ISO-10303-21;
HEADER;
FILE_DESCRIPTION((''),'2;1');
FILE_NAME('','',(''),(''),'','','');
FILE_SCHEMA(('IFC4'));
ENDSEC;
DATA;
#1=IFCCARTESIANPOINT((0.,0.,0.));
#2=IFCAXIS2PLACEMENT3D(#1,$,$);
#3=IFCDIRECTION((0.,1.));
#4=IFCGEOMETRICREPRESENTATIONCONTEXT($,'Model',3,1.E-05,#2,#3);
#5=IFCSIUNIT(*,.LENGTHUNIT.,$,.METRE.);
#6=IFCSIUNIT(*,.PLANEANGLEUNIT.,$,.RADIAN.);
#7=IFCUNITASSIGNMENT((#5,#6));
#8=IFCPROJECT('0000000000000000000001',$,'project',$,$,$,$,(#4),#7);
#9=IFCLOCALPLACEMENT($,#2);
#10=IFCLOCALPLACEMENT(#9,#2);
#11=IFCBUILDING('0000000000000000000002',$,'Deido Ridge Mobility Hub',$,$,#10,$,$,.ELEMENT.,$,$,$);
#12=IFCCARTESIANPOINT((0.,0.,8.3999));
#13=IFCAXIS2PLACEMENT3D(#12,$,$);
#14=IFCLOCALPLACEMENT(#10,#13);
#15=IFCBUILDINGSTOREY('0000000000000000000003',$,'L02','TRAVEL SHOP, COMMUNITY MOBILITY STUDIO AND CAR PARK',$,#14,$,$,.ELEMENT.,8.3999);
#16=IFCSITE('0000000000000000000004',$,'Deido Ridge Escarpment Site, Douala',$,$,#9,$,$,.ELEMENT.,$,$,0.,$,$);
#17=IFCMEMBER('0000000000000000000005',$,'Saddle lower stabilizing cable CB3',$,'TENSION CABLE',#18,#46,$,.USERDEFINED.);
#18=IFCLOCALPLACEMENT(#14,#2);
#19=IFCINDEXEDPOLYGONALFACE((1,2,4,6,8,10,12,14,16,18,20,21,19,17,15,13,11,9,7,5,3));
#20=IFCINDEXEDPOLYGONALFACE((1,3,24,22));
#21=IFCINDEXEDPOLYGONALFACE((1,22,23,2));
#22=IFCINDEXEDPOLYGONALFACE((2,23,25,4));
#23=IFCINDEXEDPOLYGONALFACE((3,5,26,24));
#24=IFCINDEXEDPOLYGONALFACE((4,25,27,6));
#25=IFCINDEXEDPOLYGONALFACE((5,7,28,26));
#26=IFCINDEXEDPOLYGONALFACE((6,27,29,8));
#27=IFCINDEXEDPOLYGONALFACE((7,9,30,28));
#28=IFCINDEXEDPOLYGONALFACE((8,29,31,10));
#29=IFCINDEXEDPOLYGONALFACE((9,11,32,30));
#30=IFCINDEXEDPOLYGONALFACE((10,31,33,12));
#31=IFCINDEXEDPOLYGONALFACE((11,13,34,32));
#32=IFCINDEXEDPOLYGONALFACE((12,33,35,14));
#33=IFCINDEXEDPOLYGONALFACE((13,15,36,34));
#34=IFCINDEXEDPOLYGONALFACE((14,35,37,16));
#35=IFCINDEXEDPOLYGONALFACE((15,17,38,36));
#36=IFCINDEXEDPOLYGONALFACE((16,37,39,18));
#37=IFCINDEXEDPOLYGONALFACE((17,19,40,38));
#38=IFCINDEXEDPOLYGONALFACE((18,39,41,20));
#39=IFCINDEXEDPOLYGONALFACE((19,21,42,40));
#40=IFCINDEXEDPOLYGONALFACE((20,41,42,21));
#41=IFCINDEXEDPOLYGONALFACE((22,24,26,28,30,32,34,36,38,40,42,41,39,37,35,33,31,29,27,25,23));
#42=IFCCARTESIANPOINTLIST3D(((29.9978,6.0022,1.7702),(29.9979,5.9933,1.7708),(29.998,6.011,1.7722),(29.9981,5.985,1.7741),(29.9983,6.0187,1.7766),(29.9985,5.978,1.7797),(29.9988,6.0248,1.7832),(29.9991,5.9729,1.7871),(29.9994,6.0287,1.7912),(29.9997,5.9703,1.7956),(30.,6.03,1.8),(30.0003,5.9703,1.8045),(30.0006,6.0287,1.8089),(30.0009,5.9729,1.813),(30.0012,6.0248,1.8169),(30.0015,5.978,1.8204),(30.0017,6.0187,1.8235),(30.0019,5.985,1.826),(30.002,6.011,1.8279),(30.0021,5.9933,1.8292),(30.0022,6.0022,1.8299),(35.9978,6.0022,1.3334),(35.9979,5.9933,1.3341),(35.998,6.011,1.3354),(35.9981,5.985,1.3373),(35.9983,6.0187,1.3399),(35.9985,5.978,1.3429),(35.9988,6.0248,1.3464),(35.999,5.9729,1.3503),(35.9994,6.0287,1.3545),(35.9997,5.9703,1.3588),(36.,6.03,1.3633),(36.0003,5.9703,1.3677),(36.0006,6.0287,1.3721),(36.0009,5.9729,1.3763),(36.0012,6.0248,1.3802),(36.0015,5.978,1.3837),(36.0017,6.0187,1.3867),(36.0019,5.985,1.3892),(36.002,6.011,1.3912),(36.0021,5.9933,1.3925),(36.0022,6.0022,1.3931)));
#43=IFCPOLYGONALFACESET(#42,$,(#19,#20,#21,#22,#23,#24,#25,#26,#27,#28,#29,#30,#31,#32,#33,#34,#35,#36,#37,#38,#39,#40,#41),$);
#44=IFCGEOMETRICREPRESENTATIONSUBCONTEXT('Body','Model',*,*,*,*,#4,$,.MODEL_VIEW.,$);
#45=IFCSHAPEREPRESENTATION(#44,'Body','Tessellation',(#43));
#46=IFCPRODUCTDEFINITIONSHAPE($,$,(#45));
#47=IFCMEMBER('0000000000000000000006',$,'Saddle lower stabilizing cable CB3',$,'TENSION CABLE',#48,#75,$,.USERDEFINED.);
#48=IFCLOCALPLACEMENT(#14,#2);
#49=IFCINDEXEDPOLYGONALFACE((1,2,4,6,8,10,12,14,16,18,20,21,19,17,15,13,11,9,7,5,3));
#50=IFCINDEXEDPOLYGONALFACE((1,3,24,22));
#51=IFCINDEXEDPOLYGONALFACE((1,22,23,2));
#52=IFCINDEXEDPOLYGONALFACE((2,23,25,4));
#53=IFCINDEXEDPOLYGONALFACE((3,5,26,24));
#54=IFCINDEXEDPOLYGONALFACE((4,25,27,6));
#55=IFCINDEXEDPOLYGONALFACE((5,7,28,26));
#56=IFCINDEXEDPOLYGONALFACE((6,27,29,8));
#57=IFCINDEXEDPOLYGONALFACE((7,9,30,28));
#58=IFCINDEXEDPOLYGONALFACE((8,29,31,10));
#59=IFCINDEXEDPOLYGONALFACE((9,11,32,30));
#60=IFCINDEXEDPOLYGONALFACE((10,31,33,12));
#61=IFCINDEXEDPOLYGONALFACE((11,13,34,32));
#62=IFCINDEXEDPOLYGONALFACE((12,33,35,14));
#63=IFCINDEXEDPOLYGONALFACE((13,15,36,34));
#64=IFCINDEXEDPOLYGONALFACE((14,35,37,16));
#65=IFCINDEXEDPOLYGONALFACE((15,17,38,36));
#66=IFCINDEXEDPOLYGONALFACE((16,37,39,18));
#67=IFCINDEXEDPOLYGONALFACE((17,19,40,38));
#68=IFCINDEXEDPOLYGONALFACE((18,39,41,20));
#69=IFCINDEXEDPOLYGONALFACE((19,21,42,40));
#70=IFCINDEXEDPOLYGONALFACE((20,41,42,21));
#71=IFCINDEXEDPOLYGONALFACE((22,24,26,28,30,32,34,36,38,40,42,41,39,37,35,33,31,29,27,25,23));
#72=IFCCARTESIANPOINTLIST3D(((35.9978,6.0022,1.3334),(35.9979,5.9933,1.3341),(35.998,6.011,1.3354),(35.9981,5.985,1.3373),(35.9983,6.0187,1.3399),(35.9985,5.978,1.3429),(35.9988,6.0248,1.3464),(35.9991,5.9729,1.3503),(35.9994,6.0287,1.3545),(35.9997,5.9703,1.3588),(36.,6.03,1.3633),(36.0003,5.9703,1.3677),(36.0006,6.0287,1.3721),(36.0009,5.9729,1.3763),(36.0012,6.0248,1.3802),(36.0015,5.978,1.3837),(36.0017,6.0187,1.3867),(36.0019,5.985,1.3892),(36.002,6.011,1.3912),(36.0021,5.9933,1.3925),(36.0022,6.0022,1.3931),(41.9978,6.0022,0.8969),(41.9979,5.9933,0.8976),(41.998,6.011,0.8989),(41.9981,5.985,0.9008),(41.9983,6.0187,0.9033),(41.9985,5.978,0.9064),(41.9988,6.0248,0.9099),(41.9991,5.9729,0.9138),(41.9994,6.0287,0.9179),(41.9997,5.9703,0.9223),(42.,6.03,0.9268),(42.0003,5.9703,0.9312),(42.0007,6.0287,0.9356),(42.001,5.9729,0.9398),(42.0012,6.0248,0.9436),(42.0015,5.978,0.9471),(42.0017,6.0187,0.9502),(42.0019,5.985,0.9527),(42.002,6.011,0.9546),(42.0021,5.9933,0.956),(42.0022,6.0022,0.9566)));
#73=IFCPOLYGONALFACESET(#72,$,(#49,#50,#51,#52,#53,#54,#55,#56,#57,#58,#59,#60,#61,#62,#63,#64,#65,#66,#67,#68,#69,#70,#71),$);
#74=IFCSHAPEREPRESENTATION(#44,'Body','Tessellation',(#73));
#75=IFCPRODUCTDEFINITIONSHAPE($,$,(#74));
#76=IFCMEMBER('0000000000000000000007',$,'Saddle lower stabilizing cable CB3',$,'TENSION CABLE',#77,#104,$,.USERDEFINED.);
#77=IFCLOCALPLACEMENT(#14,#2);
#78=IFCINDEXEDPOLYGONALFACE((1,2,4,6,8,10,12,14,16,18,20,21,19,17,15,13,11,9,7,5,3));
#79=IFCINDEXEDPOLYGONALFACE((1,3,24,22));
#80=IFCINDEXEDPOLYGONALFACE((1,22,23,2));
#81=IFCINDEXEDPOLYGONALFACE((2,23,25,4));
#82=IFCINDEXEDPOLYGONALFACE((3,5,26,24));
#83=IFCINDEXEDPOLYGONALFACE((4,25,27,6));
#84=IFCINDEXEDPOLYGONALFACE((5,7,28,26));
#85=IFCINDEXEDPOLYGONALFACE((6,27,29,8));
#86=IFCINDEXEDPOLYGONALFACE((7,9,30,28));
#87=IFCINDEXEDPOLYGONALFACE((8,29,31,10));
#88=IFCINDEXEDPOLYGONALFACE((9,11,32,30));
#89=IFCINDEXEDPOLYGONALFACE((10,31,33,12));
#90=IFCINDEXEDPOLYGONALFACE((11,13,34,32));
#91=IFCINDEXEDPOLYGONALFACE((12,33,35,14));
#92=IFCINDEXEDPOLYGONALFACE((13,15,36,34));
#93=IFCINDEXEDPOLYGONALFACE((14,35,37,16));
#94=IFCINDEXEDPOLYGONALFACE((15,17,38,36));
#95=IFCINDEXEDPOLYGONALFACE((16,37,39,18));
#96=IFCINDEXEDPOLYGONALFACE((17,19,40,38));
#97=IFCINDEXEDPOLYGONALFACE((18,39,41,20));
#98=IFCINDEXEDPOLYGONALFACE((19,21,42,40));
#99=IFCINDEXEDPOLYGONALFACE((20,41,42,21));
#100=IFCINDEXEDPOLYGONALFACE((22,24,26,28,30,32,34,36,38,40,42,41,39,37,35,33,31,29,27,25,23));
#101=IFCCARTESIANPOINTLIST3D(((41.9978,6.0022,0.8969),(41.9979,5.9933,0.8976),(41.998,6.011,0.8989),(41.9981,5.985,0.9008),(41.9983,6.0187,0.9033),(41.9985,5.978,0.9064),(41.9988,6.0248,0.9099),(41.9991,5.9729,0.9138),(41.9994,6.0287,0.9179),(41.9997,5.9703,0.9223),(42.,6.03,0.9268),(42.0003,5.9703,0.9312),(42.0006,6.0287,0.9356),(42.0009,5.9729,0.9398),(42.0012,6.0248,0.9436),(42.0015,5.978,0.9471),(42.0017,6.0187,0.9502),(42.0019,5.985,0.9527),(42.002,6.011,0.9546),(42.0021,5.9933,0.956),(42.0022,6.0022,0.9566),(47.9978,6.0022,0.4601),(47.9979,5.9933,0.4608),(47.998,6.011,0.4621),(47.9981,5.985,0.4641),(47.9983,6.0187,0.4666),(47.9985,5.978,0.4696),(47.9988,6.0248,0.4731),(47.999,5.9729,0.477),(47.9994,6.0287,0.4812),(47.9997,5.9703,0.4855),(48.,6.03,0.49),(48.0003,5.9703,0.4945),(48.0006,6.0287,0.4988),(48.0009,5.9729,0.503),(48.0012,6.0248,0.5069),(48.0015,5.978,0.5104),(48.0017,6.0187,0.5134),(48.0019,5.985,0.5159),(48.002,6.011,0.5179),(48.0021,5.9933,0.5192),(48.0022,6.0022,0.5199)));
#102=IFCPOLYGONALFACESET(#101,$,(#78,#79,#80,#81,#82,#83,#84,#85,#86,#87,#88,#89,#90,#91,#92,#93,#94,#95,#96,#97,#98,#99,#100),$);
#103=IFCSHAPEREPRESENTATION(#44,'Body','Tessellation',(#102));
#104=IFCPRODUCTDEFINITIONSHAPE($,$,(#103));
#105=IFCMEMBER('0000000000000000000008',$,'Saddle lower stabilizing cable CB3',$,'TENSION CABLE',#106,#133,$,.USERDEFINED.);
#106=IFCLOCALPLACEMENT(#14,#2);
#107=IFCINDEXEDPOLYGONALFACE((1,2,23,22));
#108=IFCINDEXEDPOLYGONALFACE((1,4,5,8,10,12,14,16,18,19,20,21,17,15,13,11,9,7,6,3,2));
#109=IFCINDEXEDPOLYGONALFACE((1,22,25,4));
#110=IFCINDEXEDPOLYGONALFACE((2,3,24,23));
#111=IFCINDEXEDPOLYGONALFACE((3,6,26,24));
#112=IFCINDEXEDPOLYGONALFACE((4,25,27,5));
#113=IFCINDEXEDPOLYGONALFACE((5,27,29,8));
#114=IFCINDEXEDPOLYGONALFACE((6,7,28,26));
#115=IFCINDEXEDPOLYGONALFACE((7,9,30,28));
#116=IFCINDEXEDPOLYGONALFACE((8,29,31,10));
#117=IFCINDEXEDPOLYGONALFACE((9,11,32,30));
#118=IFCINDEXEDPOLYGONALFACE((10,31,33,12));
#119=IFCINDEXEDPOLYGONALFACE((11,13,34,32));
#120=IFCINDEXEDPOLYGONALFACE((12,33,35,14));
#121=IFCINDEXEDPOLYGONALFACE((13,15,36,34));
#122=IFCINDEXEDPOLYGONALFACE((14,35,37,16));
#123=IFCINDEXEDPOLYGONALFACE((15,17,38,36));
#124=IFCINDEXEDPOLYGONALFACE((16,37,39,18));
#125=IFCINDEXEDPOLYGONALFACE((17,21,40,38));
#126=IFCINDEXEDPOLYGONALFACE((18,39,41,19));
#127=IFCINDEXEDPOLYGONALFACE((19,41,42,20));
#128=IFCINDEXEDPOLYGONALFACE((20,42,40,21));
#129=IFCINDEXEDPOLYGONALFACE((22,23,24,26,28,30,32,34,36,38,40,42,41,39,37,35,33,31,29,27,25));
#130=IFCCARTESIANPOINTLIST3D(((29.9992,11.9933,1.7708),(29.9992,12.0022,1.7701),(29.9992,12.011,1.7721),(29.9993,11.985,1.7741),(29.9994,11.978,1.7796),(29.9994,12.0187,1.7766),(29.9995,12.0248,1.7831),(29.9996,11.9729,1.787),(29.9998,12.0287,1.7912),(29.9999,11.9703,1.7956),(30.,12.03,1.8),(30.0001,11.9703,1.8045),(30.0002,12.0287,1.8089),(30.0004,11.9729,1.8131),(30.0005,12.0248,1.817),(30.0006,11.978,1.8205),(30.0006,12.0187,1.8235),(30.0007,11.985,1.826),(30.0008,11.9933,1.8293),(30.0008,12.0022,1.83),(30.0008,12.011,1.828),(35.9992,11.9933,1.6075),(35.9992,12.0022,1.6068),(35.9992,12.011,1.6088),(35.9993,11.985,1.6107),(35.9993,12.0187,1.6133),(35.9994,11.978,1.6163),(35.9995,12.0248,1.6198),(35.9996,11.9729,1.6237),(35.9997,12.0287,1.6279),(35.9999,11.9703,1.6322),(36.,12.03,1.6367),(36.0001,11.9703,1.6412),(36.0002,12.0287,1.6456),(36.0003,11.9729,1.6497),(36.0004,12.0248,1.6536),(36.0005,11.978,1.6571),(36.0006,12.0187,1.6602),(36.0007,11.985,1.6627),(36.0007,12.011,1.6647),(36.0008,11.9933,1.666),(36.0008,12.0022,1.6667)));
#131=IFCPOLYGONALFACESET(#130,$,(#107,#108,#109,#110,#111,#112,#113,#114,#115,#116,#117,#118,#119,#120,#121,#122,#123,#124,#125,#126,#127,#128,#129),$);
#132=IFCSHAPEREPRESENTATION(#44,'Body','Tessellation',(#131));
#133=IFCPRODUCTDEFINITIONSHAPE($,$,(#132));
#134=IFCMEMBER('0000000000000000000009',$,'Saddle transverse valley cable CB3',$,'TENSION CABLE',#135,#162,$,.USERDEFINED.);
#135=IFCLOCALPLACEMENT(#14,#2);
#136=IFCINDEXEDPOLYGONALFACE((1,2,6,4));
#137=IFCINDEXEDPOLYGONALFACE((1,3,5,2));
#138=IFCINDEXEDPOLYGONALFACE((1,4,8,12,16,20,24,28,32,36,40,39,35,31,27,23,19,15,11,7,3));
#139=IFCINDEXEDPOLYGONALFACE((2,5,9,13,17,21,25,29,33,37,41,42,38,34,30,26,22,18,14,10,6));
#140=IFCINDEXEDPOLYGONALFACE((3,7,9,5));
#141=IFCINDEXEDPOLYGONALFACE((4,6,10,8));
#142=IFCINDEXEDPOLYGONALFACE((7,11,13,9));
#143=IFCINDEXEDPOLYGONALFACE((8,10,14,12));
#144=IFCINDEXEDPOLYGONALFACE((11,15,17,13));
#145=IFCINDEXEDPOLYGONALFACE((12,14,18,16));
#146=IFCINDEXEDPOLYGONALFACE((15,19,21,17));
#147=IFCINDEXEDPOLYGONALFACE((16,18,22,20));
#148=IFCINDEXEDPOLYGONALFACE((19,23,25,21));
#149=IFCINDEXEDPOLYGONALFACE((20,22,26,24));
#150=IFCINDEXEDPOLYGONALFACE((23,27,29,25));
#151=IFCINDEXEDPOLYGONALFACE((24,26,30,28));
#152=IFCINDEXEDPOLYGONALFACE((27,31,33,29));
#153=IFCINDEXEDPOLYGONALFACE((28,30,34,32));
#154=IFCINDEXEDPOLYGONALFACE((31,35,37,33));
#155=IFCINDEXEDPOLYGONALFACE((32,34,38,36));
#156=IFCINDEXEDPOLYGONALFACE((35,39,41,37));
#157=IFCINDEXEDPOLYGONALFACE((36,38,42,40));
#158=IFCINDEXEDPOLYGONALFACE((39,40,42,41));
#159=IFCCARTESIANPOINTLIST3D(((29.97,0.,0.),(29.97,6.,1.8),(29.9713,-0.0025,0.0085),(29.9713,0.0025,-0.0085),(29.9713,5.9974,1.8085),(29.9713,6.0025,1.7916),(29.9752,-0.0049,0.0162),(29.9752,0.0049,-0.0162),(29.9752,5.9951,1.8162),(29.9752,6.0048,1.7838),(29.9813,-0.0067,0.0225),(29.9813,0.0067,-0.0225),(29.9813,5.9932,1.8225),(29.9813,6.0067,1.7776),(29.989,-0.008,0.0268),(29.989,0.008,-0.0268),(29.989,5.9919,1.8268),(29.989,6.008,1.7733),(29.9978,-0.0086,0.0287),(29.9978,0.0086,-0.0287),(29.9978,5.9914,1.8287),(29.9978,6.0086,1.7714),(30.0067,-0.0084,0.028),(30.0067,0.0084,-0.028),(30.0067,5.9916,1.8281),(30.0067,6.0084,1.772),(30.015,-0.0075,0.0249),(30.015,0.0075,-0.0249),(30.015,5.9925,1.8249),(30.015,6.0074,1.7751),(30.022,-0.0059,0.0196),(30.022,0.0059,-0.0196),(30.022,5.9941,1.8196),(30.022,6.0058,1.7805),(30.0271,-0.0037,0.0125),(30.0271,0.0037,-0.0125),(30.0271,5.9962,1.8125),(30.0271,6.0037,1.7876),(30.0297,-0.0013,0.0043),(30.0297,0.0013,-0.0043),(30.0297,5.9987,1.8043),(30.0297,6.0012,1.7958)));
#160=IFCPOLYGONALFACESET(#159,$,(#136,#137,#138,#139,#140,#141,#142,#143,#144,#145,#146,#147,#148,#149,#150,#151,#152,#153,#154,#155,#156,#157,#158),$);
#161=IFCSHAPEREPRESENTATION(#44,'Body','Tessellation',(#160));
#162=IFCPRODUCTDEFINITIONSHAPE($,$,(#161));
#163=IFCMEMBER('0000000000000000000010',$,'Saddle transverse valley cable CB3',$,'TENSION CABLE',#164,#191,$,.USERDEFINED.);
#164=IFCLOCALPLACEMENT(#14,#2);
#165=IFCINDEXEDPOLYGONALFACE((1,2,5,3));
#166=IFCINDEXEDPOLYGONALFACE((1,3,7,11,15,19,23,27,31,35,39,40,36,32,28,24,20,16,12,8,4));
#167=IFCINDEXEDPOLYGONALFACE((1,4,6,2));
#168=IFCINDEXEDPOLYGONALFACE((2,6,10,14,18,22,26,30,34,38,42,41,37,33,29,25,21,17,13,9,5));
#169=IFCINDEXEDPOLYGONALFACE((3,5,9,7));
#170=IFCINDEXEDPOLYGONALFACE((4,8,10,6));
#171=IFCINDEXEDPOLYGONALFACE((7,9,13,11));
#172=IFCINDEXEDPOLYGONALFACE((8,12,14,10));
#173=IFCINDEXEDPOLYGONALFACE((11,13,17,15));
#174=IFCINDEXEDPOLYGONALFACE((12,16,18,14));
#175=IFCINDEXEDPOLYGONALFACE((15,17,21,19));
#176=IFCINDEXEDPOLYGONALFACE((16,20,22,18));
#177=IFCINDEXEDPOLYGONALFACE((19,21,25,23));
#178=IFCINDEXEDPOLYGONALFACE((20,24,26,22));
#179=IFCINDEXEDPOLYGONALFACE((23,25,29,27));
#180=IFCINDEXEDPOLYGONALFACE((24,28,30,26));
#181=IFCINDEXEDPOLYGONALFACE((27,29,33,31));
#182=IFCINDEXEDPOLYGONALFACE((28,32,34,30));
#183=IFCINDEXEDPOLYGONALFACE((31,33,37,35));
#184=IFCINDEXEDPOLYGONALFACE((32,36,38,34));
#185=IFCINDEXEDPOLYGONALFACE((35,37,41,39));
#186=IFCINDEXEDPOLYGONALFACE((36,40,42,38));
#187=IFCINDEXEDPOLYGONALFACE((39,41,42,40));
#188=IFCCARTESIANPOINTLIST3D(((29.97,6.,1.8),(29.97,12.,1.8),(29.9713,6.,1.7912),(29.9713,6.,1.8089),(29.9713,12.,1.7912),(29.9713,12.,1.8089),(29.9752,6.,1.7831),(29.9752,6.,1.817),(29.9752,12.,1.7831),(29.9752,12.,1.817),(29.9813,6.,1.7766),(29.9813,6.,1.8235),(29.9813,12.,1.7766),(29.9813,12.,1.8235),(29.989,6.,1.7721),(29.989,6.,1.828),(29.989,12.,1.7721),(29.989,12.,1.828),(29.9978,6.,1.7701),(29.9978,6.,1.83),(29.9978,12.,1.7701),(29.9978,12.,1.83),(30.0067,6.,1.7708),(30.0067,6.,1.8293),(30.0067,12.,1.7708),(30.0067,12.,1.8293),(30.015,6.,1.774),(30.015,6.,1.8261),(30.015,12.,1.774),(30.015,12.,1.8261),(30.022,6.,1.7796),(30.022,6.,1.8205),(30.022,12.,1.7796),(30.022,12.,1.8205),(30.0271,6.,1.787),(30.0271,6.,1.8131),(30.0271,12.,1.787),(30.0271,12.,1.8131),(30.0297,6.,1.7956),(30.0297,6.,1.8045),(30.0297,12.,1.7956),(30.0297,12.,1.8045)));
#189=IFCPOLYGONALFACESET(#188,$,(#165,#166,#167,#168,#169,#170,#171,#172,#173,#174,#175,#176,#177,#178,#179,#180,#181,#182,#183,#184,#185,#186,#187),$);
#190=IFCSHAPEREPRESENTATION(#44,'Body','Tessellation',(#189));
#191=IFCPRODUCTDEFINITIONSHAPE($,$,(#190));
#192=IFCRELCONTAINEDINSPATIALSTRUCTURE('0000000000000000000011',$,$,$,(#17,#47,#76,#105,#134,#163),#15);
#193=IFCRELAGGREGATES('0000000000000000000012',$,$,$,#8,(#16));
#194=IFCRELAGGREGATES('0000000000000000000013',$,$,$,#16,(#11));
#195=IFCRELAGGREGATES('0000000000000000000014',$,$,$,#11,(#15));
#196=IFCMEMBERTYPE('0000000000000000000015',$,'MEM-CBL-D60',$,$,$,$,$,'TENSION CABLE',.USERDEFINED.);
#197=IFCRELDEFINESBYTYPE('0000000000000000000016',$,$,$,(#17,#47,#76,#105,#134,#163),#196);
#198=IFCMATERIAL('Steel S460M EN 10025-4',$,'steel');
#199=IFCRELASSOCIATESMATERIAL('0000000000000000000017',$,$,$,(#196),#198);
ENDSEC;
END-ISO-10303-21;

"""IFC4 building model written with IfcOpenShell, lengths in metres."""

from ifc_helpers import new_model, si_unit, direction, frame, origin, origin_2d, place, context, subcontext, project, spatial, circle, extrude, material, material_profile, profile_set, type_object, element, save


model = new_model("IFC4")

# Units and contexts
model_context = context("Model", 3, precision=1e-05, world=origin(), true_north=direction((0.0, 1.0)))
body_context = subcontext(model_context, "Body", "Model", "MODEL_VIEW")
ifc_project = project(units=[si_unit("LENGTHUNIT", "METRE"), si_unit("PLANEANGLEUNIT", "RADIAN")], contexts=[model_context])

# Site, building, storey
site_placement = place(None, origin())
site = spatial("IfcSite", under=ifc_project, at=site_placement, Name="Deido Ridge Escarpment Site, Douala", CompositionType="ELEMENT", RefElevation=0.0)
building_placement = place(site_placement, origin())
building = spatial("IfcBuilding", under=site, at=building_placement, Name="Deido Ridge Mobility Hub", CompositionType="ELEMENT")
storey_placement = place(building_placement, frame((0.0, 0.0, 8.3999)))
storey = spatial("IfcBuildingStorey", under=building, at=storey_placement, Name="L02", Description="TRAVEL SHOP, COMMUNITY MOBILITY STUDIO AND CAR PARK", CompositionType="ELEMENT", Elevation=8.3999)

# Members
ifc_material_1 = material(Name="Steel S460M EN 10025-4", Category="steel")
ifc_material_profile_1 = material_profile(ifc_material_1, circle(Radius=0.03, at=origin_2d()), Name="CABLE D60")
ifc_profile_set_1 = profile_set([ifc_material_profile_1], Name="Steel S460M EN 10025-4")
member_type_1 = type_object("IfcMemberType", Name="MEM-CBL-D60", ElementType="TENSION CABLE", PredefinedType="USERDEFINED", material=ifc_profile_set_1)
for number, where, z_axis, x_axis, name in (
    (1, (30.0, 6.0, 1.8), (0.997361, 0.0, -0.072602), (0.0, 1.0, 0.0), "Saddle lower stabilizing cable CB3"),
    (2, (36.0, 6.0, 1.3633), (0.997364, 0.0, -0.072562), (0.0, 1.0, 0.0), "Saddle lower stabilizing cable CB3"),
    (3, (42.0, 6.0, 0.9268), (0.997361, 0.0, -0.072602), (0.0, 1.0, 0.0), "Saddle lower stabilizing cable CB3"),
):
    element("IfcMember", number, at=place(storey_placement, frame(where, z_axis=z_axis, x_axis=x_axis)), inside=storey, type_object=member_type_1, Name=name, ObjectType="TENSION CABLE", PredefinedType="USERDEFINED", context=body_context, shape_type="SweptSolid", body=[
        extrude(circle(Radius=0.03, at=origin_2d()), origin(), (0.0, 0.0, 1.0), 6.0159),
    ])
member_1_placement = place(storey_placement, frame((30.0, 12.0, 1.8), z_axis=(0.99963, 0.0, -0.027212), x_axis=(0.0, 1.0, 0.0)))
element("IfcMember", 4, at=member_1_placement, inside=storey, type_object=member_type_1, Name="Saddle lower stabilizing cable CB3", ObjectType="TENSION CABLE", PredefinedType="USERDEFINED", context=body_context, shape_type="SweptSolid", body=[
    extrude(circle(Radius=0.03, at=origin_2d()), origin(), (0.0, 0.0, 1.0), 6.0022),
])
member_2_placement = place(storey_placement, frame((30.0, 0.0, 0.0), z_axis=(0.0, 0.957824, 0.287355), x_axis=(-1.0, 0.0, 0.0)))
element("IfcMember", 5, at=member_2_placement, inside=storey, type_object=member_type_1, Name="Saddle transverse valley cable CB3", ObjectType="TENSION CABLE", PredefinedType="USERDEFINED", context=body_context, shape_type="SweptSolid", body=[
    extrude(circle(Radius=0.03, at=origin_2d()), origin(), (0.0, 0.0, 1.0), 6.2642),
])
for number, where, z_axis, x_axis, name in (
    (6, (30.0, 6.0, 1.8), (0.0, 1.0, 0.0), (-1.0, 0.0, 0.0), "Saddle transverse valley cable CB3"),
):
    element("IfcMember", number, at=place(storey_placement, frame(where, z_axis=z_axis, x_axis=x_axis)), inside=storey, type_object=member_type_1, Name=name, ObjectType="TENSION CABLE", PredefinedType="USERDEFINED", context=body_context, shape_type="SweptSolid", body=[
        extrude(circle(Radius=0.03, at=origin_2d()), origin(), (0.0, 0.0, 1.0), 6.0),
    ])

save(model, "model.ifc")
